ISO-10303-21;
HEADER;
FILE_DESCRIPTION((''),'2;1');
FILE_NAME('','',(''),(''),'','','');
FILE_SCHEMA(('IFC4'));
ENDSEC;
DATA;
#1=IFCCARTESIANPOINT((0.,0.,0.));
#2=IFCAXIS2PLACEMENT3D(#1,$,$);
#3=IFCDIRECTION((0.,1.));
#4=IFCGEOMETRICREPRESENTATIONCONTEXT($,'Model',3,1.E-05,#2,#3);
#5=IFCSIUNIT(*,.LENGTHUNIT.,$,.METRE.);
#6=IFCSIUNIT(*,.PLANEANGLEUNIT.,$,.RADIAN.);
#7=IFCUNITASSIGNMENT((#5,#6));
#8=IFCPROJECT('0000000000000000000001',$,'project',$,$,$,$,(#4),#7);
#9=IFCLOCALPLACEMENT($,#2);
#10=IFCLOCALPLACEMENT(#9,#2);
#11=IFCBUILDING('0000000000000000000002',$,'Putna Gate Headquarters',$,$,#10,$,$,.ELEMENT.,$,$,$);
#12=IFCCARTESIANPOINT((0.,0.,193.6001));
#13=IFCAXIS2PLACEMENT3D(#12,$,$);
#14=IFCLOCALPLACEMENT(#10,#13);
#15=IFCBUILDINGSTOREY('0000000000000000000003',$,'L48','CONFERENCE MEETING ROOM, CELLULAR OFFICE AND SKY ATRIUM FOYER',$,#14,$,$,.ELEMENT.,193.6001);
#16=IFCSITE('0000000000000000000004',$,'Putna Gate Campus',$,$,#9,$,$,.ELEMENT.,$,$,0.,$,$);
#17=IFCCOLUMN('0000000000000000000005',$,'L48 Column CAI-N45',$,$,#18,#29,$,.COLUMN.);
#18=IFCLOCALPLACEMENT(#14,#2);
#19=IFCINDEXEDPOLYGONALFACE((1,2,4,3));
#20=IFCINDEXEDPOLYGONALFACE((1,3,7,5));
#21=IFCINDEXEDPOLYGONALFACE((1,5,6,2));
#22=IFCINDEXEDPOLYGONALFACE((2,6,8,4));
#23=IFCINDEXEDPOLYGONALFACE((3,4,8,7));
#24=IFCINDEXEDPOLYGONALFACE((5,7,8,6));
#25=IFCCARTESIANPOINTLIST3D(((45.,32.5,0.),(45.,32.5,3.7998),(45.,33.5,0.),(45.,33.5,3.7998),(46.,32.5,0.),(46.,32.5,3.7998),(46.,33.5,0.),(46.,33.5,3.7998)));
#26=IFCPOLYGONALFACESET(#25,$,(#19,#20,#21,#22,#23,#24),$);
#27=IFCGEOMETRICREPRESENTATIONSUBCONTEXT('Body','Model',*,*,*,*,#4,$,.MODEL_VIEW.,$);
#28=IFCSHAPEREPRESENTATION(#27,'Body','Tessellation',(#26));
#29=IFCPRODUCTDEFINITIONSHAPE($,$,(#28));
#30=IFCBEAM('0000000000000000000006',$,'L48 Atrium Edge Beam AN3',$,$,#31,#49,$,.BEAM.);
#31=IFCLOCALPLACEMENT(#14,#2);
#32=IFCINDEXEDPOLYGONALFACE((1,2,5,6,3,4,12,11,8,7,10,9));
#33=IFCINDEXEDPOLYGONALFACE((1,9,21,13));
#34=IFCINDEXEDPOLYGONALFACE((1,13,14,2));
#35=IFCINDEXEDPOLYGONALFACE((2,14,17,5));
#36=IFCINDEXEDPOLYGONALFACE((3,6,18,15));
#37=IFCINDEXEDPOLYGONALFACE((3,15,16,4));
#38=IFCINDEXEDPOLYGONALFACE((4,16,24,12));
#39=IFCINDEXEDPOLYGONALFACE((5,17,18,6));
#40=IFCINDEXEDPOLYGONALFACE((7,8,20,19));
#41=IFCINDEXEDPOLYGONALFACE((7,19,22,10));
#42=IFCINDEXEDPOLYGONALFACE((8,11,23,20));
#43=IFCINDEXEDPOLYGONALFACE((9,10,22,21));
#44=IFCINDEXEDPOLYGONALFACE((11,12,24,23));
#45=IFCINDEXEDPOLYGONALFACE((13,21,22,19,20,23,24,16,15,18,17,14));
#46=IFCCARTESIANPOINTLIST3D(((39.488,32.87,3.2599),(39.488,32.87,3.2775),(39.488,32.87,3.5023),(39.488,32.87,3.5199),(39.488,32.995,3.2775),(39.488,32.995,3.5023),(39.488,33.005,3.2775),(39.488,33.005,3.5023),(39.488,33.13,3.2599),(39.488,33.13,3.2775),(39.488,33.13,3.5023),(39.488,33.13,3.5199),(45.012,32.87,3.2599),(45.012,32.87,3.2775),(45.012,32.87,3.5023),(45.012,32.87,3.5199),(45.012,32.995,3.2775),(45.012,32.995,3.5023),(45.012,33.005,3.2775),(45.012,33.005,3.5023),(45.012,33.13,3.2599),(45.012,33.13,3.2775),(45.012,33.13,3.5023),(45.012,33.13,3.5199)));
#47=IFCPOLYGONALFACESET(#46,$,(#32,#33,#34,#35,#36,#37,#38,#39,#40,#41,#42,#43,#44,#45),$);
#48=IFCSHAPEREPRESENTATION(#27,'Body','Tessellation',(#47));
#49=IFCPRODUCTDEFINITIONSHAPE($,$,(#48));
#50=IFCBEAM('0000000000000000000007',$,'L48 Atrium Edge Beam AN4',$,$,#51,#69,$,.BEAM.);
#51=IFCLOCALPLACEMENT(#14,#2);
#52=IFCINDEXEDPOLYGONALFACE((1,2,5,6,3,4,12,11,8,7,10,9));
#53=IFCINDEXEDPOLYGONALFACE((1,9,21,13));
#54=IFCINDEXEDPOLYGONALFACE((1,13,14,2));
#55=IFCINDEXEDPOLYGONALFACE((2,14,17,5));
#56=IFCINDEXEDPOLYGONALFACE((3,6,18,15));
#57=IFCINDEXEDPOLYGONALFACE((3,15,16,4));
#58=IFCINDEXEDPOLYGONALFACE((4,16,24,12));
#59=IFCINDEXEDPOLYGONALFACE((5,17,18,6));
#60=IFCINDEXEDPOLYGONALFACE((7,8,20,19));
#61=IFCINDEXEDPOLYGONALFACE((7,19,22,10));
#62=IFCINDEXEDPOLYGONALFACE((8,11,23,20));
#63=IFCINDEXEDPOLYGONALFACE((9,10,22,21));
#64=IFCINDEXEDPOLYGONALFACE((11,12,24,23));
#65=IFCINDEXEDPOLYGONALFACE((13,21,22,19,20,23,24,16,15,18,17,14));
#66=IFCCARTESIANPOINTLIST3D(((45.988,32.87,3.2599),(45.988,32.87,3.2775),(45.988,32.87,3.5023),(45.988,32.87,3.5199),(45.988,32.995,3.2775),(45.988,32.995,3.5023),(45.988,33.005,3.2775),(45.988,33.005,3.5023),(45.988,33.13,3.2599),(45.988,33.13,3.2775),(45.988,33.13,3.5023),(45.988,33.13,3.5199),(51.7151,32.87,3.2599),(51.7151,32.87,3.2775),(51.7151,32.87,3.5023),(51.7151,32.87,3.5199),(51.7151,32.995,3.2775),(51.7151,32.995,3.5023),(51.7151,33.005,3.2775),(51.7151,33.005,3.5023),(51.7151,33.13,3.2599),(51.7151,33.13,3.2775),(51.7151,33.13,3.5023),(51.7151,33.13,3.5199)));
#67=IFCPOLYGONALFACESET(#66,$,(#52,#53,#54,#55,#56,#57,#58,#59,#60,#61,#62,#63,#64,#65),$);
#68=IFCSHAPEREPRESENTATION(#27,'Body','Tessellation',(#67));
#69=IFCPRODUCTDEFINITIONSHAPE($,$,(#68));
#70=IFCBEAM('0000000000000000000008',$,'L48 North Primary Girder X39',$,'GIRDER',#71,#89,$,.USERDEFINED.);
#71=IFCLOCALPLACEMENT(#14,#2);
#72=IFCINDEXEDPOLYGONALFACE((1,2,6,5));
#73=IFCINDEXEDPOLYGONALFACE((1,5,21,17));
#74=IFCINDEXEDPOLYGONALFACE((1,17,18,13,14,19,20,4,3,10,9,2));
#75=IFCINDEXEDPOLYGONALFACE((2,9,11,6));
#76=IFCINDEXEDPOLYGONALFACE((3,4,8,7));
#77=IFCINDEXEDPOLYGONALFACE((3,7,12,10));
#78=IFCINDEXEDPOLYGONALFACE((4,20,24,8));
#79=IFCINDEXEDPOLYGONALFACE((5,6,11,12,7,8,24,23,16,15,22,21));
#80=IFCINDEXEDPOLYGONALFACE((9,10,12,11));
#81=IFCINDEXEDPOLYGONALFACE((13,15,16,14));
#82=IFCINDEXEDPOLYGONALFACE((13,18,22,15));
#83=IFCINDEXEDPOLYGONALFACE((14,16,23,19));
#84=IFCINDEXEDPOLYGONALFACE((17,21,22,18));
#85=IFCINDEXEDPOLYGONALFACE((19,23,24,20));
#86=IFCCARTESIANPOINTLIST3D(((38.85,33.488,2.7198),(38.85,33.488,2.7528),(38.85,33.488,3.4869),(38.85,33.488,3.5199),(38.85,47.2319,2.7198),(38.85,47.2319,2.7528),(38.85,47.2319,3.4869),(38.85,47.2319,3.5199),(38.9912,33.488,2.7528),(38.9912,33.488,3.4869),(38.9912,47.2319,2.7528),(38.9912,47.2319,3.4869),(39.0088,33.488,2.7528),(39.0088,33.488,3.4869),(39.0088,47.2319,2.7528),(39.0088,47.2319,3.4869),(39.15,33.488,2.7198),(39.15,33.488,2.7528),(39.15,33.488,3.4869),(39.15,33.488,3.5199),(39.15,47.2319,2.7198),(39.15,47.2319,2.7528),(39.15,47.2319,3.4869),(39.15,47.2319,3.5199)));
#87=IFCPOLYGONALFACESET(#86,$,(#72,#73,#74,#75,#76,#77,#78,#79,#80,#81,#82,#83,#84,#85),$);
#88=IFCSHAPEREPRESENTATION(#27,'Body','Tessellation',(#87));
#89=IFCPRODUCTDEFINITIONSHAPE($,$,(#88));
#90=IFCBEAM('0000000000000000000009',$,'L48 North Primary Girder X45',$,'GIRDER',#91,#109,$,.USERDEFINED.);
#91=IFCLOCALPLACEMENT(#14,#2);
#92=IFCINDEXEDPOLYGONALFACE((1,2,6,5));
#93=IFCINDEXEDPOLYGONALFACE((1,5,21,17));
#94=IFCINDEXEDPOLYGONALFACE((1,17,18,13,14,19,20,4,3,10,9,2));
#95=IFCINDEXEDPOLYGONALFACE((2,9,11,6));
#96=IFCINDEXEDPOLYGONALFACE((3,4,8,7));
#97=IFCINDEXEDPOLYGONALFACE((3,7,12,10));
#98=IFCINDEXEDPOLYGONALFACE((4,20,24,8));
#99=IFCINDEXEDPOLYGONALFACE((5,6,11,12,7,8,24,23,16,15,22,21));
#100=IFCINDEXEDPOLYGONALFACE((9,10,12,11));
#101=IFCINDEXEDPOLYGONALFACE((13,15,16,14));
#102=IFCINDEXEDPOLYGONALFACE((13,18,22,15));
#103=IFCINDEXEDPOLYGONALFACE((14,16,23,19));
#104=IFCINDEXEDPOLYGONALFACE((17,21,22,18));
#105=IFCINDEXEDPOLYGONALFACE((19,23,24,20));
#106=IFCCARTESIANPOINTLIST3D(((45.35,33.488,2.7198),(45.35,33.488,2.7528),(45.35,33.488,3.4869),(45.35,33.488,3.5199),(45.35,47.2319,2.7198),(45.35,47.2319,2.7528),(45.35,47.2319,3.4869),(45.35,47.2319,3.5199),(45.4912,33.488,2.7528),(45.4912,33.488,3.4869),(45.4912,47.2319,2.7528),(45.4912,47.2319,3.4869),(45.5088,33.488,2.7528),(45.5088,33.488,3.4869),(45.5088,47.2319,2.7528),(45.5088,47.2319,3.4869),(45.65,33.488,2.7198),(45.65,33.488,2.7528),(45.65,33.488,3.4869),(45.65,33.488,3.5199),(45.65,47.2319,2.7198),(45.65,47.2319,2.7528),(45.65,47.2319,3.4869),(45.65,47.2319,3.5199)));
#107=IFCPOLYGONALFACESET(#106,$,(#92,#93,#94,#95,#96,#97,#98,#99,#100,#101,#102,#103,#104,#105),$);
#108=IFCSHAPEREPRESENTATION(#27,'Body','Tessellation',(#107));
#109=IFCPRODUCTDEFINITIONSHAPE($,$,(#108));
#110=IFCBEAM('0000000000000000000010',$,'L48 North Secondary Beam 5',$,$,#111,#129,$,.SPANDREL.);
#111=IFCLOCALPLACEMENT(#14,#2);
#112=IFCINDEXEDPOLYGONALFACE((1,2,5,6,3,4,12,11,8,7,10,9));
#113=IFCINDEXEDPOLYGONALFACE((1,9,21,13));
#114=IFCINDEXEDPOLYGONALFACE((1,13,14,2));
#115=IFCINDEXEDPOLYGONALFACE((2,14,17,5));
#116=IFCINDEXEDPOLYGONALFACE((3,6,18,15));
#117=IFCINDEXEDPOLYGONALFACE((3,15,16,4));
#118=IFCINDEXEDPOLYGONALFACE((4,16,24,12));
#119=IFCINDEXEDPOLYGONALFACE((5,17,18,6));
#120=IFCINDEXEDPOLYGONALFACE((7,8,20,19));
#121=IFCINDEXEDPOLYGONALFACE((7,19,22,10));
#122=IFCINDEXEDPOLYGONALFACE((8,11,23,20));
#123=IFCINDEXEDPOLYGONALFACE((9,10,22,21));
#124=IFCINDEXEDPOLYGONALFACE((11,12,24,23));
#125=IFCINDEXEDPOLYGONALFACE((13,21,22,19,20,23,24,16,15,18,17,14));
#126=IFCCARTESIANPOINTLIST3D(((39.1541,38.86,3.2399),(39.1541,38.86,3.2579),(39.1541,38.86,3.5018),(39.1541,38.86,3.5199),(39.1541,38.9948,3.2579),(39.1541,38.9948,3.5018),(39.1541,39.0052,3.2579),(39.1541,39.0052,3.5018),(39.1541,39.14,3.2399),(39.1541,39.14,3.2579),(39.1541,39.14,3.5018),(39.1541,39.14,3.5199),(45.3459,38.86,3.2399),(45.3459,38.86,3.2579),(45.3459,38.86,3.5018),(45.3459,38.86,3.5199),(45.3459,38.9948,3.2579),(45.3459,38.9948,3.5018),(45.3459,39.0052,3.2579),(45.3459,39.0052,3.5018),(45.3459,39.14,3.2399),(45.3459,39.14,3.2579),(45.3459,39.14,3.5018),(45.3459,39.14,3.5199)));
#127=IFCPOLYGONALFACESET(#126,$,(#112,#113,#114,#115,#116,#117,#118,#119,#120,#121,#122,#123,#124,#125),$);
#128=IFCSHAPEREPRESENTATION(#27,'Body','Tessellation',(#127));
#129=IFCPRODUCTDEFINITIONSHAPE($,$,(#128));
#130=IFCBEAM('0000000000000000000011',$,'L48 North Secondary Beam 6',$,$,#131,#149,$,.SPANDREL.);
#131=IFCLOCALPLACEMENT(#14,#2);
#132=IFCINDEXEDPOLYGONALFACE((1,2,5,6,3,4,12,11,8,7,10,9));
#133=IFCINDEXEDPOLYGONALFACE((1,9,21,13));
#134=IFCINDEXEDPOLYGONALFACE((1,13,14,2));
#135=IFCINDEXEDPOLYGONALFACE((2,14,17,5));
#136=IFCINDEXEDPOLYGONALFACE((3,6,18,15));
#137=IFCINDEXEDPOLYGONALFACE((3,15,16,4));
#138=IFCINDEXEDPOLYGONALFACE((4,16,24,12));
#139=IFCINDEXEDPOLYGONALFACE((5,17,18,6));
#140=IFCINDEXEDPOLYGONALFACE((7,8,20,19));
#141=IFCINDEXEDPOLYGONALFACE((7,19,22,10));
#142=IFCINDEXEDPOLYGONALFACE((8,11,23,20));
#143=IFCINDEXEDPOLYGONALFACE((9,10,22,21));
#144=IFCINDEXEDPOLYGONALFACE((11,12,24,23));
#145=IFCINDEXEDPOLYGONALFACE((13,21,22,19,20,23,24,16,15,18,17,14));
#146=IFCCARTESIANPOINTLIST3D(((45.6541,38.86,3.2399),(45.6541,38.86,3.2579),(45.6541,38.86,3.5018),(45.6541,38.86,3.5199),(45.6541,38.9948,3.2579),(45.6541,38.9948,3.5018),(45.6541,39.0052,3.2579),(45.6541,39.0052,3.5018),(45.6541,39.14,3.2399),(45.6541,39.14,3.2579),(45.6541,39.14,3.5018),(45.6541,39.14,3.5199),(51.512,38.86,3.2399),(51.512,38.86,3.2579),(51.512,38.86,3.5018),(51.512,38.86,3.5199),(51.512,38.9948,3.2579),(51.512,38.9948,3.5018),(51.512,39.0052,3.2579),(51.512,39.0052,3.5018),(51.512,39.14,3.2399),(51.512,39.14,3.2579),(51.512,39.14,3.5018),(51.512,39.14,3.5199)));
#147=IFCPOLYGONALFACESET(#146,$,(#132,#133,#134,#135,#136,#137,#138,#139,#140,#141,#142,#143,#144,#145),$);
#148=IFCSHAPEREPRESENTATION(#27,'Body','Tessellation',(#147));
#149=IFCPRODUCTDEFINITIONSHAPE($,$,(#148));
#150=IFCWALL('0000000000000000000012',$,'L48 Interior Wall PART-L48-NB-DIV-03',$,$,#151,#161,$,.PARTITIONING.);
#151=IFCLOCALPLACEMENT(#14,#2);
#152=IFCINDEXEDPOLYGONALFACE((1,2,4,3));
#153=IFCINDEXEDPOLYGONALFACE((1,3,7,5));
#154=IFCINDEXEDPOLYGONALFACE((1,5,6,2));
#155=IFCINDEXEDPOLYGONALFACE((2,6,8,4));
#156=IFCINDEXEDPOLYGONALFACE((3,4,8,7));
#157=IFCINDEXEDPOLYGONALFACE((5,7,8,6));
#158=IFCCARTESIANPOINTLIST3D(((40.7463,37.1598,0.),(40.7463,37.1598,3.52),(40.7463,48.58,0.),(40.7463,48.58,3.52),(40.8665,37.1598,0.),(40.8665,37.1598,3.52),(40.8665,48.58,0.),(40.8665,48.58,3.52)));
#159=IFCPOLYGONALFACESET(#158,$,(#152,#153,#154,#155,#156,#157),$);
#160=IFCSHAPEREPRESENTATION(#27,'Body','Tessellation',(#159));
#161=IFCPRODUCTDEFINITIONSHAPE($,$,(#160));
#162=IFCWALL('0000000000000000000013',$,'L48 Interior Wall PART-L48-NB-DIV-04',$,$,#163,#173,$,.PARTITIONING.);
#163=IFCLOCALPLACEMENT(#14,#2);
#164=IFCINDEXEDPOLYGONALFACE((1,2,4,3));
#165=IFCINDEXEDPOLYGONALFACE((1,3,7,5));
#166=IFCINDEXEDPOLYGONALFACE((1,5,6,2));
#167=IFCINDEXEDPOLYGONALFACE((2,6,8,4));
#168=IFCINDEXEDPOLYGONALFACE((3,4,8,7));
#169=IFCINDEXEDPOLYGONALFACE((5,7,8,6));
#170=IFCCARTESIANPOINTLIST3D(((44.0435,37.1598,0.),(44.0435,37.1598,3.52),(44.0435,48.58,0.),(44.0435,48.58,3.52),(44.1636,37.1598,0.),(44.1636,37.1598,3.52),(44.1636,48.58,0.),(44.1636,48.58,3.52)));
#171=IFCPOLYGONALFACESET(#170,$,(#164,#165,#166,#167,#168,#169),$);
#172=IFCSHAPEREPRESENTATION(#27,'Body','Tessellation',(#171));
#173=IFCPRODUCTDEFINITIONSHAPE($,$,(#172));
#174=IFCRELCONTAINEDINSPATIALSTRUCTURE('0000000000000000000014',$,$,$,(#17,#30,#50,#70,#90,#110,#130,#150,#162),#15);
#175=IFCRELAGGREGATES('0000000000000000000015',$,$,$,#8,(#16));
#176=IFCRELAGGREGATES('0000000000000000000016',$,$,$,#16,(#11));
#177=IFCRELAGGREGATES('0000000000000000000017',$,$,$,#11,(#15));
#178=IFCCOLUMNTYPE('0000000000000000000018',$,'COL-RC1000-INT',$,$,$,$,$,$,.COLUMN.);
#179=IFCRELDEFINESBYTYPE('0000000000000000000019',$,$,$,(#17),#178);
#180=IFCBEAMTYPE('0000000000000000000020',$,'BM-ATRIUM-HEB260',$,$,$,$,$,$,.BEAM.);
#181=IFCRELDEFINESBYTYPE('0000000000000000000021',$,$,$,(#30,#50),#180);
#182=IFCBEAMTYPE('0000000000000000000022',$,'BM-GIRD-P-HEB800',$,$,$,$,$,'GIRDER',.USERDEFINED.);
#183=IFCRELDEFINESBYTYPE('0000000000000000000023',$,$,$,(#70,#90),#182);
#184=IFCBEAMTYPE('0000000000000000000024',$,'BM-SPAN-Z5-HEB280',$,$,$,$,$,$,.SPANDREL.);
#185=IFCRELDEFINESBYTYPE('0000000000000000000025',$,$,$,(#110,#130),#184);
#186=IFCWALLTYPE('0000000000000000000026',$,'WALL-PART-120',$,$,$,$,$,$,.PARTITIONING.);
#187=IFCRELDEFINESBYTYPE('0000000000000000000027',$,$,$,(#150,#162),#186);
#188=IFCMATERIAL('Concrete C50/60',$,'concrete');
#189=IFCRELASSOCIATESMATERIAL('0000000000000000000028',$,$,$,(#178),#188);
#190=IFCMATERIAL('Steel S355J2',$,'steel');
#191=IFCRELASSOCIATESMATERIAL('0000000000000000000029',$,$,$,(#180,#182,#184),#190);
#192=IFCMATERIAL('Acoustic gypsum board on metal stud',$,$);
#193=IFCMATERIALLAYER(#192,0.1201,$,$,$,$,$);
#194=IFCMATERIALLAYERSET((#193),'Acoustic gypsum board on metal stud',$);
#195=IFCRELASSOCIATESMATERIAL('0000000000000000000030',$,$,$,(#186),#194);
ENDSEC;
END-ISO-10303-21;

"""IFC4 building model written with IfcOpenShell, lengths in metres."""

from ifc_helpers import new_model, si_unit, direction, frame, frame_2d, origin, origin_2d, place, context, subcontext, project, spatial, rectangle, i_section, extrude, material, layer, layer_set, material_profile, profile_set, type_object, element, save


model = new_model("IFC4")

# Units and contexts
model_context = context("Model", 3, precision=1e-05, world=origin(), true_north=direction((0.0, 1.0)))
body_context = subcontext(model_context, "Body", "Model", "MODEL_VIEW")
ifc_project = project(units=[si_unit("LENGTHUNIT", "METRE"), si_unit("PLANEANGLEUNIT", "RADIAN")], contexts=[model_context])

# Site, building, storey
site_placement = place(None, origin())
site = spatial("IfcSite", under=ifc_project, at=site_placement, Name="Putna Gate Campus", CompositionType="ELEMENT", RefElevation=0.0)
building_placement = place(site_placement, origin())
building = spatial("IfcBuilding", under=site, at=building_placement, Name="Putna Gate Headquarters", CompositionType="ELEMENT")
storey_placement = place(building_placement, frame((0.0, 0.0, 193.6001)))
storey = spatial("IfcBuildingStorey", under=building, at=storey_placement, Name="L48", Description="CONFERENCE MEETING ROOM, CELLULAR OFFICE AND SKY ATRIUM FOYER", CompositionType="ELEMENT", Elevation=193.6001)

# Column
ifc_material_1 = material(Name="Concrete C50/60", Category="concrete")
ifc_material_profile_1 = material_profile(ifc_material_1, rectangle(XDim=1.0, YDim=1.0, at=origin_2d()), Name="Concrete C50/60")
ifc_profile_set_1 = profile_set([ifc_material_profile_1], Name="Concrete C50/60")
column_type = type_object("IfcColumnType", Name="COL-RC1000-INT", PredefinedType="COLUMN", material=ifc_profile_set_1)
column_placement = place(storey_placement, frame((45.5, 33.0, 0.0), z_axis=(0.0, 0.0, 1.0), x_axis=(1.0, 0.0, 0.0)))
element("IfcColumn", 1, at=column_placement, inside=storey, type_object=column_type, Name="L48 Column CAI-N45", PredefinedType="COLUMN", context=body_context, shape_type="SweptSolid", body=[
    extrude(rectangle(XDim=1.0, YDim=1.0, at=origin_2d()), origin(), (0.0, 0.0, 1.0), 3.7998),
])

# Beams
ifc_material_2 = material(Name="Steel S355J2", Category="steel")
ifc_material_profile_2 = material_profile(ifc_material_2, i_section(OverallWidth=0.26, OverallDepth=0.26, WebThickness=0.01, FlangeThickness=0.0176, at=origin_2d()), Name="Steel S355J2")
ifc_profile_set_2 = profile_set([ifc_material_profile_2], Name="Steel S355J2")
beam_type_1 = type_object("IfcBeamType", Name="BM-ATRIUM-HEB260", PredefinedType="BEAM", material=ifc_profile_set_2)
beam_1_placement = place(storey_placement, frame((39.488, 33.0, 3.3899), z_axis=(1.0, 0.0, 0.0), x_axis=(0.0, 1.0, 0.0)))
element("IfcBeam", 2, at=beam_1_placement, inside=storey, type_object=beam_type_1, Name="L48 Atrium Edge Beam AN3", PredefinedType="BEAM", context=body_context, shape_type="SweptSolid", body=[
    extrude(i_section(OverallWidth=0.26, OverallDepth=0.26, WebThickness=0.01, FlangeThickness=0.0176, at=origin_2d()), origin(), (0.0, 0.0, 1.0), 5.5239),
])
beam_2_placement = place(storey_placement, frame((45.988, 33.0, 3.3899), z_axis=(1.0, 0.0, 0.0), x_axis=(0.0, 1.0, 0.0)))
element("IfcBeam", 3, at=beam_2_placement, inside=storey, type_object=beam_type_1, Name="L48 Atrium Edge Beam AN4", PredefinedType="BEAM", context=body_context, shape_type="SweptSolid", body=[
    extrude(i_section(OverallWidth=0.26, OverallDepth=0.26, WebThickness=0.01, FlangeThickness=0.0176, at=origin_2d()), origin(), (0.0, 0.0, 1.0), 5.7271),
])
ifc_material_profile_3 = material_profile(ifc_material_2, i_section(OverallWidth=0.3, OverallDepth=0.8, WebThickness=0.0176, FlangeThickness=0.033, at=origin_2d()), Name="Steel S355J2")
ifc_profile_set_3 = profile_set([ifc_material_profile_3], Name="Steel S355J2")
beam_type_2 = type_object("IfcBeamType", Name="BM-GIRD-P-HEB800", ElementType="GIRDER", PredefinedType="USERDEFINED", material=ifc_profile_set_3)
for number, where, z_axis, x_axis, name in (
    (4, (39.0, 33.488, 3.1199), (0.0, 1.0, 0.0), (-1.0, 0.0, 0.0), "L48 North Primary Girder X39"),
    (5, (45.5, 33.488, 3.1199), (0.0, 1.0, 0.0), (-1.0, 0.0, 0.0), "L48 North Primary Girder X45"),
):
    element("IfcBeam", number, at=place(storey_placement, frame(where, z_axis=z_axis, x_axis=x_axis)), inside=storey, type_object=beam_type_2, Name=name, ObjectType="GIRDER", PredefinedType="USERDEFINED", context=body_context, shape_type="SweptSolid", body=[
        extrude(i_section(OverallWidth=0.3, OverallDepth=0.8, WebThickness=0.0176, FlangeThickness=0.033, at=origin_2d()), origin(), (0.0, 0.0, 1.0), 13.7439),
    ])
ifc_material_profile_4 = material_profile(ifc_material_2, i_section(OverallWidth=0.28, OverallDepth=0.28, WebThickness=0.0105, FlangeThickness=0.0181, at=origin_2d()), Name="Steel S355J2")
ifc_profile_set_4 = profile_set([ifc_material_profile_4], Name="Steel S355J2")
beam_type_3 = type_object("IfcBeamType", Name="BM-SPAN-Z5-HEB280", PredefinedType="SPANDREL", material=ifc_profile_set_4)
beam_3_placement = place(storey_placement, frame((39.1541, 39.0, 3.3799), z_axis=(1.0, 0.0, 0.0), x_axis=(0.0, 1.0, 0.0)))
element("IfcBeam", 6, at=beam_3_placement, inside=storey, type_object=beam_type_3, Name="L48 North Secondary Beam 5", PredefinedType="SPANDREL", context=body_context, shape_type="SweptSolid", body=[
    extrude(i_section(OverallWidth=0.28, OverallDepth=0.28, WebThickness=0.0105, FlangeThickness=0.0181, at=origin_2d()), origin(), (0.0, 0.0, 1.0), 6.1919),
])
beam_4_placement = place(storey_placement, frame((45.6541, 39.0, 3.3799), z_axis=(1.0, 0.0, 0.0), x_axis=(0.0, 1.0, 0.0)))
element("IfcBeam", 7, at=beam_4_placement, inside=storey, type_object=beam_type_3, Name="L48 North Secondary Beam 6", PredefinedType="SPANDREL", context=body_context, shape_type="SweptSolid", body=[
    extrude(i_section(OverallWidth=0.28, OverallDepth=0.28, WebThickness=0.0105, FlangeThickness=0.0181, at=origin_2d()), origin(), (0.0, 0.0, 1.0), 5.8579),
])

# Walls
ifc_material_3 = material(Name="Acoustic gypsum board on metal stud")
ifc_layer_1 = layer(ifc_material_3, 0.1201)
ifc_layer_set_1 = layer_set([ifc_layer_1], Name="Acoustic gypsum board on metal stud")
wall_type_1 = type_object("IfcWallType", Name="WALL-PART-120", PredefinedType="PARTITIONING", material=ifc_layer_set_1)
for number, where, z_axis, x_axis, name in (
    (8, (40.8064, 37.1599, 0.0), (0.0, 0.0, 1.0), (0.0, 1.0, 0.0), "L48 Interior Wall PART-L48-NB-DIV-03"),
    (9, (44.1035, 37.1599, 0.0), (0.0, 0.0, 1.0), (0.0, 1.0, 0.0), "L48 Interior Wall PART-L48-NB-DIV-04"),
):
    element("IfcWall", number, at=place(storey_placement, frame(where, z_axis=z_axis, x_axis=x_axis)), inside=storey, type_object=wall_type_1, Name=name, PredefinedType="PARTITIONING", context=body_context, shape_type="SweptSolid", body=[
        extrude(rectangle(XDim=11.4202, YDim=0.1201, at=frame_2d((5.71, 0.0))), origin(), (0.0, 0.0, 1.0), 3.52),
    ])

save(model, "model.ifc")
